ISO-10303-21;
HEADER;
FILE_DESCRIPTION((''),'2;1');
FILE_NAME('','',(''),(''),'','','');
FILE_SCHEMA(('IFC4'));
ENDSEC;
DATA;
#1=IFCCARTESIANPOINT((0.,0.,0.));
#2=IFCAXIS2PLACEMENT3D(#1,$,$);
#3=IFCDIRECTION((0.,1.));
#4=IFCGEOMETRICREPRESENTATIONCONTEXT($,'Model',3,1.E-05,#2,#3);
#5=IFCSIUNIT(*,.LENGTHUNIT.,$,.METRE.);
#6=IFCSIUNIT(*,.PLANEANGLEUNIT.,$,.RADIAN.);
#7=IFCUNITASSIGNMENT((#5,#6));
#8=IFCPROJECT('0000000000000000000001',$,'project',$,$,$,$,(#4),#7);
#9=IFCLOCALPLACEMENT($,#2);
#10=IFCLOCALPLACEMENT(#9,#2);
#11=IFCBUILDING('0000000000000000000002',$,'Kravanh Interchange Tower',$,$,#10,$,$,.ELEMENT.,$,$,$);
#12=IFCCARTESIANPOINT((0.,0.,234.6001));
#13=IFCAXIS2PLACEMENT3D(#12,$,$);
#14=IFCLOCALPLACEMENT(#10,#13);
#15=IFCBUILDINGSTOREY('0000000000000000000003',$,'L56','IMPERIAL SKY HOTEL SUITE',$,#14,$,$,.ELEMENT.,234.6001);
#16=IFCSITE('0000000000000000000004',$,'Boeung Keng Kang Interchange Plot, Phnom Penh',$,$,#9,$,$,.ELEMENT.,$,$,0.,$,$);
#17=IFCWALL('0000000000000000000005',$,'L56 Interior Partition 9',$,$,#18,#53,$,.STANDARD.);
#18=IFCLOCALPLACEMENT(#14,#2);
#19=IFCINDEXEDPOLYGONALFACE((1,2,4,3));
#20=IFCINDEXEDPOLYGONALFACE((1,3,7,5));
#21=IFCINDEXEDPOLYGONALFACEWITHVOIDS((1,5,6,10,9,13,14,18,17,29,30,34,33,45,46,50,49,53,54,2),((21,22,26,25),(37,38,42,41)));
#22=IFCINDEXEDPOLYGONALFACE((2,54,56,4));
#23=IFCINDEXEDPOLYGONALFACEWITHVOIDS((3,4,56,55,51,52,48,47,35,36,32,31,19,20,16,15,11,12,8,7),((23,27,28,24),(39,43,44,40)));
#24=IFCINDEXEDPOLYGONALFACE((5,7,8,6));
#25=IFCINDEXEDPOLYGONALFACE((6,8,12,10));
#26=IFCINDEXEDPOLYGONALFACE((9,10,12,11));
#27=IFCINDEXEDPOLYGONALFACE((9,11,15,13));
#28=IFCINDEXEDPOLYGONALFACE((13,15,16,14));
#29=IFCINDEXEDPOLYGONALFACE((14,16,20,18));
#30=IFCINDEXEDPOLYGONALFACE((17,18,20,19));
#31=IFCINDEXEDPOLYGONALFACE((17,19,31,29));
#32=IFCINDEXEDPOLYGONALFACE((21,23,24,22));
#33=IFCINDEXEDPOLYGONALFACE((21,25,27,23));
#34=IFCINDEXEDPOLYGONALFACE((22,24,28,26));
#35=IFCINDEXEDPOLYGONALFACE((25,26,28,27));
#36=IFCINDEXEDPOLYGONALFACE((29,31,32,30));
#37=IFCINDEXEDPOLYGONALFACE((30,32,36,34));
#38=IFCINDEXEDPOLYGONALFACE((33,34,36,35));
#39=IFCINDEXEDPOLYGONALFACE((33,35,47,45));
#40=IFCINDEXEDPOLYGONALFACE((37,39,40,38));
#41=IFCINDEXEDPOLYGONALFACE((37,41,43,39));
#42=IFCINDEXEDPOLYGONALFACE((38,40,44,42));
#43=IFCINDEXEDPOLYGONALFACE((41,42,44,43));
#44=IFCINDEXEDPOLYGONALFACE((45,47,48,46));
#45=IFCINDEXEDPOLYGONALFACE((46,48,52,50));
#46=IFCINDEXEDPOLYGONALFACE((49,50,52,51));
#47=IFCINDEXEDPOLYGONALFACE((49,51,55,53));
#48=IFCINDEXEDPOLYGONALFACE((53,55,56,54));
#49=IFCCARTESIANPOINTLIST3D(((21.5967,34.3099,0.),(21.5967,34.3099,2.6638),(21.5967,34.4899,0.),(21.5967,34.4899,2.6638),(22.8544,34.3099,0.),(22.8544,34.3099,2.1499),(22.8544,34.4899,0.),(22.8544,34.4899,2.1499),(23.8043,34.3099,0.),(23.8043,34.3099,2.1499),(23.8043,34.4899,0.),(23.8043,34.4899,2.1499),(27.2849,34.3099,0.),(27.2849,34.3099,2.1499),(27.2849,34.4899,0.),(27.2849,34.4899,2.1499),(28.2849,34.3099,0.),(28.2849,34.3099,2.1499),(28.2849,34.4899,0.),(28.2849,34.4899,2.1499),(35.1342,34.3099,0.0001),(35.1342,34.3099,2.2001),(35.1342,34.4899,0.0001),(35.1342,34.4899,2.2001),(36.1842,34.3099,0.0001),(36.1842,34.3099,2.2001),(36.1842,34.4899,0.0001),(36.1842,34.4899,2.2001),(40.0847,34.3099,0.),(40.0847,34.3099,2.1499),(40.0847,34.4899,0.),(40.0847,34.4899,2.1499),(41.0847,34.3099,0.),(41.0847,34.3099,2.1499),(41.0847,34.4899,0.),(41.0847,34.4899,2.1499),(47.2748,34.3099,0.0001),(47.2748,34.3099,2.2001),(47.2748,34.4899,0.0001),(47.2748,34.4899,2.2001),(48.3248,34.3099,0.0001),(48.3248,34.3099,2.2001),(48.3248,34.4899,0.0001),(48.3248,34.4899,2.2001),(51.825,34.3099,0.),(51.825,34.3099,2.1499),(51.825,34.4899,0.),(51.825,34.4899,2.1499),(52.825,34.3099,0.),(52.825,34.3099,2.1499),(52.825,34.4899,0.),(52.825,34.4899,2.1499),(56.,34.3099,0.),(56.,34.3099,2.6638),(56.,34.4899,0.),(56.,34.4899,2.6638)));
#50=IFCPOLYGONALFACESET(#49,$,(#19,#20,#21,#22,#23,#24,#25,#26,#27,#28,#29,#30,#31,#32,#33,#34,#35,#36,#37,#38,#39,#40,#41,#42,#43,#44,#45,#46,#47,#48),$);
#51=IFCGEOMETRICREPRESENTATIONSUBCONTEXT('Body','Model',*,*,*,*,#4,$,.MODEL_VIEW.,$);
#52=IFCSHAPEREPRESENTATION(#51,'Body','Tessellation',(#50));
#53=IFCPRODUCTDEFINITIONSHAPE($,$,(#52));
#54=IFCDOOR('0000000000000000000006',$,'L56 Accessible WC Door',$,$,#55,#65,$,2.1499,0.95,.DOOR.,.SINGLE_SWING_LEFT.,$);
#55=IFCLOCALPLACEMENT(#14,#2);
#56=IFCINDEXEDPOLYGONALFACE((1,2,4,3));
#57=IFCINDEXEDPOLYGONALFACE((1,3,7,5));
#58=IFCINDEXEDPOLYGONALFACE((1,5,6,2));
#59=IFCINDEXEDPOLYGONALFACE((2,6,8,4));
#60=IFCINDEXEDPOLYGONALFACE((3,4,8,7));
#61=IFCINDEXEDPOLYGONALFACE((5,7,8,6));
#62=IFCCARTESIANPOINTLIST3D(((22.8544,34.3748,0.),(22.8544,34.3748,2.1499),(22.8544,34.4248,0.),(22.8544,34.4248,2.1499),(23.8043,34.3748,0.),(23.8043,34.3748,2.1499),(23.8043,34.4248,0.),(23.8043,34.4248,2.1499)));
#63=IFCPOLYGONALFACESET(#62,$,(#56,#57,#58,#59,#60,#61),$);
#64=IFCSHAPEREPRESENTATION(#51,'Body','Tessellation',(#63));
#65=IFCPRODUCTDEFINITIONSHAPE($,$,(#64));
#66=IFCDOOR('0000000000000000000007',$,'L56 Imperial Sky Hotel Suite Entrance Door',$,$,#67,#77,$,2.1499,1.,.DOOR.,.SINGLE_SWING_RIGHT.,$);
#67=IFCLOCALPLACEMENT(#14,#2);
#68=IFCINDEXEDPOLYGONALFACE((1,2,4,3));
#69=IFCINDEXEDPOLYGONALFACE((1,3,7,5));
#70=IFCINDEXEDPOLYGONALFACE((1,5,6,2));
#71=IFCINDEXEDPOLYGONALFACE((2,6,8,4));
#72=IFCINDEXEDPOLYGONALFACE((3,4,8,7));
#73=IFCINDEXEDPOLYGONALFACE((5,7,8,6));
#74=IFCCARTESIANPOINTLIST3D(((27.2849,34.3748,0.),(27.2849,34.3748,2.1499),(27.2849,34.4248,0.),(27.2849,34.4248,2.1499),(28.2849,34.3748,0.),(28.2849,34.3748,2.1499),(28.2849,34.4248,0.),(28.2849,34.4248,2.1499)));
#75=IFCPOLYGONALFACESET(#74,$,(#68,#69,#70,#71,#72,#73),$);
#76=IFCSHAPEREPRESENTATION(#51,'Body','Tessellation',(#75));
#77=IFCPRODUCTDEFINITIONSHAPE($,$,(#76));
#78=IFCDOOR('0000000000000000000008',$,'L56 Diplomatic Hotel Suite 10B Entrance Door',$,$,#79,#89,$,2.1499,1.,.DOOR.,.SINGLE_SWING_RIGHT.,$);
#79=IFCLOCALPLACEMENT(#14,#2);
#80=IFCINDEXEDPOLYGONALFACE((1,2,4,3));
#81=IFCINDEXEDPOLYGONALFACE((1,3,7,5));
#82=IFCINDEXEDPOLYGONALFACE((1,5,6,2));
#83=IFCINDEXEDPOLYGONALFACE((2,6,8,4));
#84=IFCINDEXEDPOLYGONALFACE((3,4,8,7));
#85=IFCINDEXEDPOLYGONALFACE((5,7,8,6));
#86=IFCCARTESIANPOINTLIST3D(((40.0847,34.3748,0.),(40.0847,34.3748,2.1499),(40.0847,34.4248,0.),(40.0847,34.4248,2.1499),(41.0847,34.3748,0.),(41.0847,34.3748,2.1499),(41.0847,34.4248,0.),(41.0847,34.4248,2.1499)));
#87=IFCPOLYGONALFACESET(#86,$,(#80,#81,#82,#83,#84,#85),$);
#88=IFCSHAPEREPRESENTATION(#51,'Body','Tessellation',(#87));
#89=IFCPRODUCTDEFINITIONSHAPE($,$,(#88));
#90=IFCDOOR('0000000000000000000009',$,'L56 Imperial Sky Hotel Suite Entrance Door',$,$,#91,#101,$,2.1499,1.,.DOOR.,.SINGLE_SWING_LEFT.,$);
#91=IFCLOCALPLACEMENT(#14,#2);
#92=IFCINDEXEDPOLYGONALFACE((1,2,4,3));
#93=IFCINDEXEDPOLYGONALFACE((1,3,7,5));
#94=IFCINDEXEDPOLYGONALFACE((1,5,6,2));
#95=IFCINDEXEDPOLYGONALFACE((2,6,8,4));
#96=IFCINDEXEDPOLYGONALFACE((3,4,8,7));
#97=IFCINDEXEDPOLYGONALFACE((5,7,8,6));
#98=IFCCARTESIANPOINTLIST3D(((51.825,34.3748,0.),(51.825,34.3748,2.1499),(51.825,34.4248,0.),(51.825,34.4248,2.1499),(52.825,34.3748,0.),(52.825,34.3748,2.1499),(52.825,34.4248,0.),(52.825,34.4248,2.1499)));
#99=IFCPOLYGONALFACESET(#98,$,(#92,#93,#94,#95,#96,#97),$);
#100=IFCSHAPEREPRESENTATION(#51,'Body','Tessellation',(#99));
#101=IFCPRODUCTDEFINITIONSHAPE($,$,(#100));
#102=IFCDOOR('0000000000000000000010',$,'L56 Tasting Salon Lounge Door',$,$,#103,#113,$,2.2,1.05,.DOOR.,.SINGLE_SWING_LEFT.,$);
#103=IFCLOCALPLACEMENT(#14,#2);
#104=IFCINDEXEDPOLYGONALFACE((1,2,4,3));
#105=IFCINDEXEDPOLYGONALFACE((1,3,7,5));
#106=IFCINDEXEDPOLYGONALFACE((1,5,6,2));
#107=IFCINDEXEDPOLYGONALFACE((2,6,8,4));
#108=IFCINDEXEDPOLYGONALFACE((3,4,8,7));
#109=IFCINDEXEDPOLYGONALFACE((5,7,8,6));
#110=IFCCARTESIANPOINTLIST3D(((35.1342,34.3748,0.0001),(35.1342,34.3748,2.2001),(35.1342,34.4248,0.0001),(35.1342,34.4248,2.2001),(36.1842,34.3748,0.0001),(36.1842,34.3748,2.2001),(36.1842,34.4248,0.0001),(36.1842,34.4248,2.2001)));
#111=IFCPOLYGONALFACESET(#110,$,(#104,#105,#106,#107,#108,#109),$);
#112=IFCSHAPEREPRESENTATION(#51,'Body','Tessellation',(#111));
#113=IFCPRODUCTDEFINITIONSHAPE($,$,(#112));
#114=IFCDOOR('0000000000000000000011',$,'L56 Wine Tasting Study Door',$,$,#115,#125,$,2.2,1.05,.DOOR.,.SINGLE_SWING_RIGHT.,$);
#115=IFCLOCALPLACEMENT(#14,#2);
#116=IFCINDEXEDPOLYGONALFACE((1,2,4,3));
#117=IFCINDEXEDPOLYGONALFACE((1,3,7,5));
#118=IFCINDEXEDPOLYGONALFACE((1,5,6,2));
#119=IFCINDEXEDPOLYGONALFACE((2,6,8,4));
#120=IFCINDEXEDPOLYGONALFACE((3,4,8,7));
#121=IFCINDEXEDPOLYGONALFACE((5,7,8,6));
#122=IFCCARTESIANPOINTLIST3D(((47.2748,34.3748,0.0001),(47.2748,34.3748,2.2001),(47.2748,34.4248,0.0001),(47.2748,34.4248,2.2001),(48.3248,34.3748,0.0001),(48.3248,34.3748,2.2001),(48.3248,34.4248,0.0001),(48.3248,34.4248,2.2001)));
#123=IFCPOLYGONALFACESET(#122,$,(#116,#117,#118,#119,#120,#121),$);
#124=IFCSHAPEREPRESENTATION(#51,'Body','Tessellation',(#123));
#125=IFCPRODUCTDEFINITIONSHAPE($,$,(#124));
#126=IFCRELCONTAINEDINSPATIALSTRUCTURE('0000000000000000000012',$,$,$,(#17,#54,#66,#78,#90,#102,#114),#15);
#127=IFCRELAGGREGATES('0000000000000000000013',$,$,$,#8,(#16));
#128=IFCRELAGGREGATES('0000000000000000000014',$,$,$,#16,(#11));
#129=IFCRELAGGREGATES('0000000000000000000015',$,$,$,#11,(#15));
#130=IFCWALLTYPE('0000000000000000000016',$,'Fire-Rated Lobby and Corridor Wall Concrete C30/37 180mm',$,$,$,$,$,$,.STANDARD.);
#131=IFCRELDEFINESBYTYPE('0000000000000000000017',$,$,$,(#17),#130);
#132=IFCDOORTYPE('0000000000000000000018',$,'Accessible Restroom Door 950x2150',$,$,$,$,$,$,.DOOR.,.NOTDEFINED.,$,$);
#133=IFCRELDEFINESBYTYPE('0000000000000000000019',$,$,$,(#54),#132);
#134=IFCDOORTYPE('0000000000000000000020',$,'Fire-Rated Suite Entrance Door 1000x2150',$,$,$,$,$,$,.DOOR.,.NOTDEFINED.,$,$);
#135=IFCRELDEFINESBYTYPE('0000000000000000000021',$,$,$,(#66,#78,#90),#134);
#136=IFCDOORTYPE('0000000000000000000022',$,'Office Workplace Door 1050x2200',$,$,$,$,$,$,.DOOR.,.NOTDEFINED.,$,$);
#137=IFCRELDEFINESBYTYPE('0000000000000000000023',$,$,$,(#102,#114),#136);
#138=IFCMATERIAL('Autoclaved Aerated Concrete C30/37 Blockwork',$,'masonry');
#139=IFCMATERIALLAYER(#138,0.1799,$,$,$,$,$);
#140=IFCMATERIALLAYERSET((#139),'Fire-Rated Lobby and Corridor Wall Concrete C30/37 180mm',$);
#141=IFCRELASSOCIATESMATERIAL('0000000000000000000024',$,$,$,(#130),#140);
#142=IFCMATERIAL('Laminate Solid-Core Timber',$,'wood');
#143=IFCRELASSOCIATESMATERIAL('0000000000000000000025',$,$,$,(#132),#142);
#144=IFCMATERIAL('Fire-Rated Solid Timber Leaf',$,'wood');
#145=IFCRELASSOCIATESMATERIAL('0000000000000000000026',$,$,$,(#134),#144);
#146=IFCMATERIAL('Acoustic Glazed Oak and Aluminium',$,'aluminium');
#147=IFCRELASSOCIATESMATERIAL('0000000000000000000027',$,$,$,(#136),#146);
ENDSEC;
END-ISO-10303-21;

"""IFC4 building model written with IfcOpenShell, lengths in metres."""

from ifc_helpers import new_model, si_unit, direction, frame, frame_2d, origin, place, context, subcontext, project, spatial, rectangle, extrude, material, layer, layer_set, type_object, element, fill, save


model = new_model("IFC4")

# Units and contexts
model_context = context("Model", 3, precision=1e-05, world=origin(), true_north=direction((0.0, 1.0)))
body_context = subcontext(model_context, "Body", "Model", "MODEL_VIEW")
ifc_project = project(units=[si_unit("LENGTHUNIT", "METRE"), si_unit("PLANEANGLEUNIT", "RADIAN")], contexts=[model_context])

# Site, building, storey
site_placement = place(None, origin())
site = spatial("IfcSite", under=ifc_project, at=site_placement, Name="Boeung Keng Kang Interchange Plot, Phnom Penh", CompositionType="ELEMENT", RefElevation=0.0)
building_placement = place(site_placement, origin())
building = spatial("IfcBuilding", under=site, at=building_placement, Name="Kravanh Interchange Tower", CompositionType="ELEMENT")
storey_placement = place(building_placement, frame((0.0, 0.0, 234.6001)))
storey = spatial("IfcBuildingStorey", under=building, at=storey_placement, Name="L56", Description="IMPERIAL SKY HOTEL SUITE", CompositionType="ELEMENT", Elevation=234.6001)

# Wall, openings, doors
ifc_material_1 = material(Name="Autoclaved Aerated Concrete C30/37 Blockwork", Category="masonry")
ifc_layer_1 = layer(ifc_material_1, 0.1799)
ifc_layer_set_1 = layer_set([ifc_layer_1], Name="Fire-Rated Lobby and Corridor Wall Concrete C30/37 180mm")
wall_type_1 = type_object("IfcWallType", Name="Fire-Rated Lobby and Corridor Wall Concrete C30/37 180mm", PredefinedType="STANDARD", material=ifc_layer_set_1)
wall_1_placement = place(storey_placement, frame((21.5967, 34.3999, 0.0), z_axis=(0.0, 0.0, 1.0), x_axis=(1.0, 0.0, 0.0)))
wall_1 = element("IfcWall", 1, at=wall_1_placement, inside=storey, type_object=wall_type_1, Name="L56 Interior Partition 9", PredefinedType="STANDARD", context=body_context, shape_type="SweptSolid", body=[
    extrude(rectangle(XDim=34.4033, YDim=0.1799, at=frame_2d((17.2017, 0.0))), origin(), (0.0, 0.0, 1.0), 2.6638),
])
opening_1_placement = place(wall_1_placement, frame((1.2576, 0.0, 0.0)))
opening_1 = element("IfcOpeningElement", 2, at=opening_1_placement, cuts=wall_1, PredefinedType="OPENING", context=body_context, shape_type="SweptSolid", body=[
    extrude(rectangle(XDim=0.95, YDim=2.1499, at=frame_2d((0.4751, 1.075))), frame((0.0, 0.1001, 0.0), z_axis=(0.0, -1.0, 0.0), x_axis=(1.0, 0.0, 0.0)), (0.0, 0.0, 1.0), 0.2),
])
opening_2_placement = place(wall_1_placement, frame((5.6882, 0.0, 0.0)))
opening_2 = element("IfcOpeningElement", 3, at=opening_2_placement, cuts=wall_1, PredefinedType="OPENING", context=body_context, shape_type="SweptSolid", body=[
    extrude(rectangle(XDim=1.0, YDim=2.1499, at=frame_2d((0.5, 1.075))), frame((0.0, 0.1001, 0.0), z_axis=(0.0, -1.0, 0.0), x_axis=(1.0, 0.0, 0.0)), (0.0, 0.0, 1.0), 0.2),
])
opening_3_placement = place(wall_1_placement, frame((13.5376, 0.0, 0.0)))
opening_3 = element("IfcOpeningElement", 4, at=opening_3_placement, cuts=wall_1, PredefinedType="OPENING", context=body_context, shape_type="SweptSolid", body=[
    extrude(rectangle(XDim=1.05, YDim=2.2, at=frame_2d((0.5249, 1.1001))), frame((0.0, 0.1001, 0.0), z_axis=(0.0, -1.0, 0.0), x_axis=(1.0, 0.0, 0.0)), (0.0, 0.0, 1.0), 0.2),
])
opening_4_placement = place(wall_1_placement, frame((18.488, 0.0, 0.0)))
opening_4 = element("IfcOpeningElement", 5, at=opening_4_placement, cuts=wall_1, PredefinedType="OPENING", context=body_context, shape_type="SweptSolid", body=[
    extrude(rectangle(XDim=1.0, YDim=2.1499, at=frame_2d((0.5, 1.075))), frame((0.0, 0.1001, 0.0), z_axis=(0.0, -1.0, 0.0), x_axis=(1.0, 0.0, 0.0)), (0.0, 0.0, 1.0), 0.2),
])
opening_5_placement = place(wall_1_placement, frame((25.6782, 0.0, 0.0)))
opening_5 = element("IfcOpeningElement", 6, at=opening_5_placement, cuts=wall_1, PredefinedType="OPENING", context=body_context, shape_type="SweptSolid", body=[
    extrude(rectangle(XDim=1.05, YDim=2.2, at=frame_2d((0.5249, 1.1001))), frame((0.0, 0.1001, 0.0), z_axis=(0.0, -1.0, 0.0), x_axis=(1.0, 0.0, 0.0)), (0.0, 0.0, 1.0), 0.2),
])
opening_6_placement = place(wall_1_placement, frame((30.2283, 0.0, 0.0)))
opening_6 = element("IfcOpeningElement", 7, at=opening_6_placement, cuts=wall_1, PredefinedType="OPENING", context=body_context, shape_type="SweptSolid", body=[
    extrude(rectangle(XDim=1.0, YDim=2.1499, at=frame_2d((0.5, 1.075))), frame((0.0, 0.1001, 0.0), z_axis=(0.0, -1.0, 0.0), x_axis=(1.0, 0.0, 0.0)), (0.0, 0.0, 1.0), 0.2),
])
ifc_material_2 = material(Name="Laminate Solid-Core Timber", Category="wood")
door_type_1 = type_object("IfcDoorType", Name="Accessible Restroom Door 950x2150", OperationType="NOTDEFINED", PredefinedType="DOOR", material=ifc_material_2)
door_1_placement = place(opening_1_placement, origin())
door_1 = element("IfcDoor", 8, at=door_1_placement, inside=storey, type_object=door_type_1, Name="L56 Accessible WC Door", OperationType="SINGLE_SWING_LEFT", OverallHeight=2.1499, OverallWidth=0.95, PredefinedType="DOOR", context=body_context, shape_type="SweptSolid", body=[
    extrude(rectangle(XDim=0.95, YDim=2.1499, at=frame_2d((0.4751, 1.075))), frame((0.0, 0.0249, 0.0), z_axis=(0.0, -1.0, 0.0), x_axis=(1.0, 0.0, 0.0)), (0.0, 0.0, 1.0), 0.05),
])
fill(opening_1, door_1)
ifc_material_3 = material(Name="Fire-Rated Solid Timber Leaf", Category="wood")
door_type_2 = type_object("IfcDoorType", Name="Fire-Rated Suite Entrance Door 1000x2150", OperationType="NOTDEFINED", PredefinedType="DOOR", material=ifc_material_3)
door_2_placement = place(opening_2_placement, origin())
door_2 = element("IfcDoor", 9, at=door_2_placement, inside=storey, type_object=door_type_2, Name="L56 Imperial Sky Hotel Suite Entrance Door", OperationType="SINGLE_SWING_RIGHT", OverallHeight=2.1499, OverallWidth=1.0, PredefinedType="DOOR", context=body_context, shape_type="SweptSolid", body=[
    extrude(rectangle(XDim=1.0, YDim=2.1499, at=frame_2d((0.5, 1.075))), frame((0.0, 0.0249, 0.0), z_axis=(0.0, -1.0, 0.0), x_axis=(1.0, 0.0, 0.0)), (0.0, 0.0, 1.0), 0.05),
])
fill(opening_2, door_2)
door_3_placement = place(opening_4_placement, origin())
door_3 = element("IfcDoor", 10, at=door_3_placement, inside=storey, type_object=door_type_2, Name="L56 Diplomatic Hotel Suite 10B Entrance Door", OperationType="SINGLE_SWING_RIGHT", OverallHeight=2.1499, OverallWidth=1.0, PredefinedType="DOOR", context=body_context, shape_type="SweptSolid", body=[
    extrude(rectangle(XDim=1.0, YDim=2.1499, at=frame_2d((0.5, 1.075))), frame((0.0, 0.0249, 0.0), z_axis=(0.0, -1.0, 0.0), x_axis=(1.0, 0.0, 0.0)), (0.0, 0.0, 1.0), 0.05),
])
fill(opening_4, door_3)
door_4_placement = place(opening_6_placement, origin())
door_4 = element("IfcDoor", 11, at=door_4_placement, inside=storey, type_object=door_type_2, Name="L56 Imperial Sky Hotel Suite Entrance Door", OperationType="SINGLE_SWING_LEFT", OverallHeight=2.1499, OverallWidth=1.0, PredefinedType="DOOR", context=body_context, shape_type="SweptSolid", body=[
    extrude(rectangle(XDim=1.0, YDim=2.1499, at=frame_2d((0.5, 1.075))), frame((0.0, 0.0249, 0.0), z_axis=(0.0, -1.0, 0.0), x_axis=(1.0, 0.0, 0.0)), (0.0, 0.0, 1.0), 0.05),
])
fill(opening_6, door_4)
ifc_material_4 = material(Name="Acoustic Glazed Oak and Aluminium", Category="aluminium")
door_type_3 = type_object("IfcDoorType", Name="Office Workplace Door 1050x2200", OperationType="NOTDEFINED", PredefinedType="DOOR", material=ifc_material_4)
door_5_placement = place(opening_3_placement, origin())
door_5 = element("IfcDoor", 12, at=door_5_placement, inside=storey, type_object=door_type_3, Name="L56 Tasting Salon Lounge Door", OperationType="SINGLE_SWING_LEFT", OverallHeight=2.2, OverallWidth=1.05, PredefinedType="DOOR", context=body_context, shape_type="SweptSolid", body=[
    extrude(rectangle(XDim=1.05, YDim=2.2, at=frame_2d((0.5249, 1.1001))), frame((0.0, 0.0249, 0.0), z_axis=(0.0, -1.0, 0.0), x_axis=(1.0, 0.0, 0.0)), (0.0, 0.0, 1.0), 0.05),
])
fill(opening_3, door_5)
door_6_placement = place(opening_5_placement, origin())
door_6 = element("IfcDoor", 13, at=door_6_placement, inside=storey, type_object=door_type_3, Name="L56 Wine Tasting Study Door", OperationType="SINGLE_SWING_RIGHT", OverallHeight=2.2, OverallWidth=1.05, PredefinedType="DOOR", context=body_context, shape_type="SweptSolid", body=[
    extrude(rectangle(XDim=1.05, YDim=2.2, at=frame_2d((0.5249, 1.1001))), frame((0.0, 0.0249, 0.0), z_axis=(0.0, -1.0, 0.0), x_axis=(1.0, 0.0, 0.0)), (0.0, 0.0, 1.0), 0.05),
])
fill(opening_5, door_6)

save(model, "model.ifc")
